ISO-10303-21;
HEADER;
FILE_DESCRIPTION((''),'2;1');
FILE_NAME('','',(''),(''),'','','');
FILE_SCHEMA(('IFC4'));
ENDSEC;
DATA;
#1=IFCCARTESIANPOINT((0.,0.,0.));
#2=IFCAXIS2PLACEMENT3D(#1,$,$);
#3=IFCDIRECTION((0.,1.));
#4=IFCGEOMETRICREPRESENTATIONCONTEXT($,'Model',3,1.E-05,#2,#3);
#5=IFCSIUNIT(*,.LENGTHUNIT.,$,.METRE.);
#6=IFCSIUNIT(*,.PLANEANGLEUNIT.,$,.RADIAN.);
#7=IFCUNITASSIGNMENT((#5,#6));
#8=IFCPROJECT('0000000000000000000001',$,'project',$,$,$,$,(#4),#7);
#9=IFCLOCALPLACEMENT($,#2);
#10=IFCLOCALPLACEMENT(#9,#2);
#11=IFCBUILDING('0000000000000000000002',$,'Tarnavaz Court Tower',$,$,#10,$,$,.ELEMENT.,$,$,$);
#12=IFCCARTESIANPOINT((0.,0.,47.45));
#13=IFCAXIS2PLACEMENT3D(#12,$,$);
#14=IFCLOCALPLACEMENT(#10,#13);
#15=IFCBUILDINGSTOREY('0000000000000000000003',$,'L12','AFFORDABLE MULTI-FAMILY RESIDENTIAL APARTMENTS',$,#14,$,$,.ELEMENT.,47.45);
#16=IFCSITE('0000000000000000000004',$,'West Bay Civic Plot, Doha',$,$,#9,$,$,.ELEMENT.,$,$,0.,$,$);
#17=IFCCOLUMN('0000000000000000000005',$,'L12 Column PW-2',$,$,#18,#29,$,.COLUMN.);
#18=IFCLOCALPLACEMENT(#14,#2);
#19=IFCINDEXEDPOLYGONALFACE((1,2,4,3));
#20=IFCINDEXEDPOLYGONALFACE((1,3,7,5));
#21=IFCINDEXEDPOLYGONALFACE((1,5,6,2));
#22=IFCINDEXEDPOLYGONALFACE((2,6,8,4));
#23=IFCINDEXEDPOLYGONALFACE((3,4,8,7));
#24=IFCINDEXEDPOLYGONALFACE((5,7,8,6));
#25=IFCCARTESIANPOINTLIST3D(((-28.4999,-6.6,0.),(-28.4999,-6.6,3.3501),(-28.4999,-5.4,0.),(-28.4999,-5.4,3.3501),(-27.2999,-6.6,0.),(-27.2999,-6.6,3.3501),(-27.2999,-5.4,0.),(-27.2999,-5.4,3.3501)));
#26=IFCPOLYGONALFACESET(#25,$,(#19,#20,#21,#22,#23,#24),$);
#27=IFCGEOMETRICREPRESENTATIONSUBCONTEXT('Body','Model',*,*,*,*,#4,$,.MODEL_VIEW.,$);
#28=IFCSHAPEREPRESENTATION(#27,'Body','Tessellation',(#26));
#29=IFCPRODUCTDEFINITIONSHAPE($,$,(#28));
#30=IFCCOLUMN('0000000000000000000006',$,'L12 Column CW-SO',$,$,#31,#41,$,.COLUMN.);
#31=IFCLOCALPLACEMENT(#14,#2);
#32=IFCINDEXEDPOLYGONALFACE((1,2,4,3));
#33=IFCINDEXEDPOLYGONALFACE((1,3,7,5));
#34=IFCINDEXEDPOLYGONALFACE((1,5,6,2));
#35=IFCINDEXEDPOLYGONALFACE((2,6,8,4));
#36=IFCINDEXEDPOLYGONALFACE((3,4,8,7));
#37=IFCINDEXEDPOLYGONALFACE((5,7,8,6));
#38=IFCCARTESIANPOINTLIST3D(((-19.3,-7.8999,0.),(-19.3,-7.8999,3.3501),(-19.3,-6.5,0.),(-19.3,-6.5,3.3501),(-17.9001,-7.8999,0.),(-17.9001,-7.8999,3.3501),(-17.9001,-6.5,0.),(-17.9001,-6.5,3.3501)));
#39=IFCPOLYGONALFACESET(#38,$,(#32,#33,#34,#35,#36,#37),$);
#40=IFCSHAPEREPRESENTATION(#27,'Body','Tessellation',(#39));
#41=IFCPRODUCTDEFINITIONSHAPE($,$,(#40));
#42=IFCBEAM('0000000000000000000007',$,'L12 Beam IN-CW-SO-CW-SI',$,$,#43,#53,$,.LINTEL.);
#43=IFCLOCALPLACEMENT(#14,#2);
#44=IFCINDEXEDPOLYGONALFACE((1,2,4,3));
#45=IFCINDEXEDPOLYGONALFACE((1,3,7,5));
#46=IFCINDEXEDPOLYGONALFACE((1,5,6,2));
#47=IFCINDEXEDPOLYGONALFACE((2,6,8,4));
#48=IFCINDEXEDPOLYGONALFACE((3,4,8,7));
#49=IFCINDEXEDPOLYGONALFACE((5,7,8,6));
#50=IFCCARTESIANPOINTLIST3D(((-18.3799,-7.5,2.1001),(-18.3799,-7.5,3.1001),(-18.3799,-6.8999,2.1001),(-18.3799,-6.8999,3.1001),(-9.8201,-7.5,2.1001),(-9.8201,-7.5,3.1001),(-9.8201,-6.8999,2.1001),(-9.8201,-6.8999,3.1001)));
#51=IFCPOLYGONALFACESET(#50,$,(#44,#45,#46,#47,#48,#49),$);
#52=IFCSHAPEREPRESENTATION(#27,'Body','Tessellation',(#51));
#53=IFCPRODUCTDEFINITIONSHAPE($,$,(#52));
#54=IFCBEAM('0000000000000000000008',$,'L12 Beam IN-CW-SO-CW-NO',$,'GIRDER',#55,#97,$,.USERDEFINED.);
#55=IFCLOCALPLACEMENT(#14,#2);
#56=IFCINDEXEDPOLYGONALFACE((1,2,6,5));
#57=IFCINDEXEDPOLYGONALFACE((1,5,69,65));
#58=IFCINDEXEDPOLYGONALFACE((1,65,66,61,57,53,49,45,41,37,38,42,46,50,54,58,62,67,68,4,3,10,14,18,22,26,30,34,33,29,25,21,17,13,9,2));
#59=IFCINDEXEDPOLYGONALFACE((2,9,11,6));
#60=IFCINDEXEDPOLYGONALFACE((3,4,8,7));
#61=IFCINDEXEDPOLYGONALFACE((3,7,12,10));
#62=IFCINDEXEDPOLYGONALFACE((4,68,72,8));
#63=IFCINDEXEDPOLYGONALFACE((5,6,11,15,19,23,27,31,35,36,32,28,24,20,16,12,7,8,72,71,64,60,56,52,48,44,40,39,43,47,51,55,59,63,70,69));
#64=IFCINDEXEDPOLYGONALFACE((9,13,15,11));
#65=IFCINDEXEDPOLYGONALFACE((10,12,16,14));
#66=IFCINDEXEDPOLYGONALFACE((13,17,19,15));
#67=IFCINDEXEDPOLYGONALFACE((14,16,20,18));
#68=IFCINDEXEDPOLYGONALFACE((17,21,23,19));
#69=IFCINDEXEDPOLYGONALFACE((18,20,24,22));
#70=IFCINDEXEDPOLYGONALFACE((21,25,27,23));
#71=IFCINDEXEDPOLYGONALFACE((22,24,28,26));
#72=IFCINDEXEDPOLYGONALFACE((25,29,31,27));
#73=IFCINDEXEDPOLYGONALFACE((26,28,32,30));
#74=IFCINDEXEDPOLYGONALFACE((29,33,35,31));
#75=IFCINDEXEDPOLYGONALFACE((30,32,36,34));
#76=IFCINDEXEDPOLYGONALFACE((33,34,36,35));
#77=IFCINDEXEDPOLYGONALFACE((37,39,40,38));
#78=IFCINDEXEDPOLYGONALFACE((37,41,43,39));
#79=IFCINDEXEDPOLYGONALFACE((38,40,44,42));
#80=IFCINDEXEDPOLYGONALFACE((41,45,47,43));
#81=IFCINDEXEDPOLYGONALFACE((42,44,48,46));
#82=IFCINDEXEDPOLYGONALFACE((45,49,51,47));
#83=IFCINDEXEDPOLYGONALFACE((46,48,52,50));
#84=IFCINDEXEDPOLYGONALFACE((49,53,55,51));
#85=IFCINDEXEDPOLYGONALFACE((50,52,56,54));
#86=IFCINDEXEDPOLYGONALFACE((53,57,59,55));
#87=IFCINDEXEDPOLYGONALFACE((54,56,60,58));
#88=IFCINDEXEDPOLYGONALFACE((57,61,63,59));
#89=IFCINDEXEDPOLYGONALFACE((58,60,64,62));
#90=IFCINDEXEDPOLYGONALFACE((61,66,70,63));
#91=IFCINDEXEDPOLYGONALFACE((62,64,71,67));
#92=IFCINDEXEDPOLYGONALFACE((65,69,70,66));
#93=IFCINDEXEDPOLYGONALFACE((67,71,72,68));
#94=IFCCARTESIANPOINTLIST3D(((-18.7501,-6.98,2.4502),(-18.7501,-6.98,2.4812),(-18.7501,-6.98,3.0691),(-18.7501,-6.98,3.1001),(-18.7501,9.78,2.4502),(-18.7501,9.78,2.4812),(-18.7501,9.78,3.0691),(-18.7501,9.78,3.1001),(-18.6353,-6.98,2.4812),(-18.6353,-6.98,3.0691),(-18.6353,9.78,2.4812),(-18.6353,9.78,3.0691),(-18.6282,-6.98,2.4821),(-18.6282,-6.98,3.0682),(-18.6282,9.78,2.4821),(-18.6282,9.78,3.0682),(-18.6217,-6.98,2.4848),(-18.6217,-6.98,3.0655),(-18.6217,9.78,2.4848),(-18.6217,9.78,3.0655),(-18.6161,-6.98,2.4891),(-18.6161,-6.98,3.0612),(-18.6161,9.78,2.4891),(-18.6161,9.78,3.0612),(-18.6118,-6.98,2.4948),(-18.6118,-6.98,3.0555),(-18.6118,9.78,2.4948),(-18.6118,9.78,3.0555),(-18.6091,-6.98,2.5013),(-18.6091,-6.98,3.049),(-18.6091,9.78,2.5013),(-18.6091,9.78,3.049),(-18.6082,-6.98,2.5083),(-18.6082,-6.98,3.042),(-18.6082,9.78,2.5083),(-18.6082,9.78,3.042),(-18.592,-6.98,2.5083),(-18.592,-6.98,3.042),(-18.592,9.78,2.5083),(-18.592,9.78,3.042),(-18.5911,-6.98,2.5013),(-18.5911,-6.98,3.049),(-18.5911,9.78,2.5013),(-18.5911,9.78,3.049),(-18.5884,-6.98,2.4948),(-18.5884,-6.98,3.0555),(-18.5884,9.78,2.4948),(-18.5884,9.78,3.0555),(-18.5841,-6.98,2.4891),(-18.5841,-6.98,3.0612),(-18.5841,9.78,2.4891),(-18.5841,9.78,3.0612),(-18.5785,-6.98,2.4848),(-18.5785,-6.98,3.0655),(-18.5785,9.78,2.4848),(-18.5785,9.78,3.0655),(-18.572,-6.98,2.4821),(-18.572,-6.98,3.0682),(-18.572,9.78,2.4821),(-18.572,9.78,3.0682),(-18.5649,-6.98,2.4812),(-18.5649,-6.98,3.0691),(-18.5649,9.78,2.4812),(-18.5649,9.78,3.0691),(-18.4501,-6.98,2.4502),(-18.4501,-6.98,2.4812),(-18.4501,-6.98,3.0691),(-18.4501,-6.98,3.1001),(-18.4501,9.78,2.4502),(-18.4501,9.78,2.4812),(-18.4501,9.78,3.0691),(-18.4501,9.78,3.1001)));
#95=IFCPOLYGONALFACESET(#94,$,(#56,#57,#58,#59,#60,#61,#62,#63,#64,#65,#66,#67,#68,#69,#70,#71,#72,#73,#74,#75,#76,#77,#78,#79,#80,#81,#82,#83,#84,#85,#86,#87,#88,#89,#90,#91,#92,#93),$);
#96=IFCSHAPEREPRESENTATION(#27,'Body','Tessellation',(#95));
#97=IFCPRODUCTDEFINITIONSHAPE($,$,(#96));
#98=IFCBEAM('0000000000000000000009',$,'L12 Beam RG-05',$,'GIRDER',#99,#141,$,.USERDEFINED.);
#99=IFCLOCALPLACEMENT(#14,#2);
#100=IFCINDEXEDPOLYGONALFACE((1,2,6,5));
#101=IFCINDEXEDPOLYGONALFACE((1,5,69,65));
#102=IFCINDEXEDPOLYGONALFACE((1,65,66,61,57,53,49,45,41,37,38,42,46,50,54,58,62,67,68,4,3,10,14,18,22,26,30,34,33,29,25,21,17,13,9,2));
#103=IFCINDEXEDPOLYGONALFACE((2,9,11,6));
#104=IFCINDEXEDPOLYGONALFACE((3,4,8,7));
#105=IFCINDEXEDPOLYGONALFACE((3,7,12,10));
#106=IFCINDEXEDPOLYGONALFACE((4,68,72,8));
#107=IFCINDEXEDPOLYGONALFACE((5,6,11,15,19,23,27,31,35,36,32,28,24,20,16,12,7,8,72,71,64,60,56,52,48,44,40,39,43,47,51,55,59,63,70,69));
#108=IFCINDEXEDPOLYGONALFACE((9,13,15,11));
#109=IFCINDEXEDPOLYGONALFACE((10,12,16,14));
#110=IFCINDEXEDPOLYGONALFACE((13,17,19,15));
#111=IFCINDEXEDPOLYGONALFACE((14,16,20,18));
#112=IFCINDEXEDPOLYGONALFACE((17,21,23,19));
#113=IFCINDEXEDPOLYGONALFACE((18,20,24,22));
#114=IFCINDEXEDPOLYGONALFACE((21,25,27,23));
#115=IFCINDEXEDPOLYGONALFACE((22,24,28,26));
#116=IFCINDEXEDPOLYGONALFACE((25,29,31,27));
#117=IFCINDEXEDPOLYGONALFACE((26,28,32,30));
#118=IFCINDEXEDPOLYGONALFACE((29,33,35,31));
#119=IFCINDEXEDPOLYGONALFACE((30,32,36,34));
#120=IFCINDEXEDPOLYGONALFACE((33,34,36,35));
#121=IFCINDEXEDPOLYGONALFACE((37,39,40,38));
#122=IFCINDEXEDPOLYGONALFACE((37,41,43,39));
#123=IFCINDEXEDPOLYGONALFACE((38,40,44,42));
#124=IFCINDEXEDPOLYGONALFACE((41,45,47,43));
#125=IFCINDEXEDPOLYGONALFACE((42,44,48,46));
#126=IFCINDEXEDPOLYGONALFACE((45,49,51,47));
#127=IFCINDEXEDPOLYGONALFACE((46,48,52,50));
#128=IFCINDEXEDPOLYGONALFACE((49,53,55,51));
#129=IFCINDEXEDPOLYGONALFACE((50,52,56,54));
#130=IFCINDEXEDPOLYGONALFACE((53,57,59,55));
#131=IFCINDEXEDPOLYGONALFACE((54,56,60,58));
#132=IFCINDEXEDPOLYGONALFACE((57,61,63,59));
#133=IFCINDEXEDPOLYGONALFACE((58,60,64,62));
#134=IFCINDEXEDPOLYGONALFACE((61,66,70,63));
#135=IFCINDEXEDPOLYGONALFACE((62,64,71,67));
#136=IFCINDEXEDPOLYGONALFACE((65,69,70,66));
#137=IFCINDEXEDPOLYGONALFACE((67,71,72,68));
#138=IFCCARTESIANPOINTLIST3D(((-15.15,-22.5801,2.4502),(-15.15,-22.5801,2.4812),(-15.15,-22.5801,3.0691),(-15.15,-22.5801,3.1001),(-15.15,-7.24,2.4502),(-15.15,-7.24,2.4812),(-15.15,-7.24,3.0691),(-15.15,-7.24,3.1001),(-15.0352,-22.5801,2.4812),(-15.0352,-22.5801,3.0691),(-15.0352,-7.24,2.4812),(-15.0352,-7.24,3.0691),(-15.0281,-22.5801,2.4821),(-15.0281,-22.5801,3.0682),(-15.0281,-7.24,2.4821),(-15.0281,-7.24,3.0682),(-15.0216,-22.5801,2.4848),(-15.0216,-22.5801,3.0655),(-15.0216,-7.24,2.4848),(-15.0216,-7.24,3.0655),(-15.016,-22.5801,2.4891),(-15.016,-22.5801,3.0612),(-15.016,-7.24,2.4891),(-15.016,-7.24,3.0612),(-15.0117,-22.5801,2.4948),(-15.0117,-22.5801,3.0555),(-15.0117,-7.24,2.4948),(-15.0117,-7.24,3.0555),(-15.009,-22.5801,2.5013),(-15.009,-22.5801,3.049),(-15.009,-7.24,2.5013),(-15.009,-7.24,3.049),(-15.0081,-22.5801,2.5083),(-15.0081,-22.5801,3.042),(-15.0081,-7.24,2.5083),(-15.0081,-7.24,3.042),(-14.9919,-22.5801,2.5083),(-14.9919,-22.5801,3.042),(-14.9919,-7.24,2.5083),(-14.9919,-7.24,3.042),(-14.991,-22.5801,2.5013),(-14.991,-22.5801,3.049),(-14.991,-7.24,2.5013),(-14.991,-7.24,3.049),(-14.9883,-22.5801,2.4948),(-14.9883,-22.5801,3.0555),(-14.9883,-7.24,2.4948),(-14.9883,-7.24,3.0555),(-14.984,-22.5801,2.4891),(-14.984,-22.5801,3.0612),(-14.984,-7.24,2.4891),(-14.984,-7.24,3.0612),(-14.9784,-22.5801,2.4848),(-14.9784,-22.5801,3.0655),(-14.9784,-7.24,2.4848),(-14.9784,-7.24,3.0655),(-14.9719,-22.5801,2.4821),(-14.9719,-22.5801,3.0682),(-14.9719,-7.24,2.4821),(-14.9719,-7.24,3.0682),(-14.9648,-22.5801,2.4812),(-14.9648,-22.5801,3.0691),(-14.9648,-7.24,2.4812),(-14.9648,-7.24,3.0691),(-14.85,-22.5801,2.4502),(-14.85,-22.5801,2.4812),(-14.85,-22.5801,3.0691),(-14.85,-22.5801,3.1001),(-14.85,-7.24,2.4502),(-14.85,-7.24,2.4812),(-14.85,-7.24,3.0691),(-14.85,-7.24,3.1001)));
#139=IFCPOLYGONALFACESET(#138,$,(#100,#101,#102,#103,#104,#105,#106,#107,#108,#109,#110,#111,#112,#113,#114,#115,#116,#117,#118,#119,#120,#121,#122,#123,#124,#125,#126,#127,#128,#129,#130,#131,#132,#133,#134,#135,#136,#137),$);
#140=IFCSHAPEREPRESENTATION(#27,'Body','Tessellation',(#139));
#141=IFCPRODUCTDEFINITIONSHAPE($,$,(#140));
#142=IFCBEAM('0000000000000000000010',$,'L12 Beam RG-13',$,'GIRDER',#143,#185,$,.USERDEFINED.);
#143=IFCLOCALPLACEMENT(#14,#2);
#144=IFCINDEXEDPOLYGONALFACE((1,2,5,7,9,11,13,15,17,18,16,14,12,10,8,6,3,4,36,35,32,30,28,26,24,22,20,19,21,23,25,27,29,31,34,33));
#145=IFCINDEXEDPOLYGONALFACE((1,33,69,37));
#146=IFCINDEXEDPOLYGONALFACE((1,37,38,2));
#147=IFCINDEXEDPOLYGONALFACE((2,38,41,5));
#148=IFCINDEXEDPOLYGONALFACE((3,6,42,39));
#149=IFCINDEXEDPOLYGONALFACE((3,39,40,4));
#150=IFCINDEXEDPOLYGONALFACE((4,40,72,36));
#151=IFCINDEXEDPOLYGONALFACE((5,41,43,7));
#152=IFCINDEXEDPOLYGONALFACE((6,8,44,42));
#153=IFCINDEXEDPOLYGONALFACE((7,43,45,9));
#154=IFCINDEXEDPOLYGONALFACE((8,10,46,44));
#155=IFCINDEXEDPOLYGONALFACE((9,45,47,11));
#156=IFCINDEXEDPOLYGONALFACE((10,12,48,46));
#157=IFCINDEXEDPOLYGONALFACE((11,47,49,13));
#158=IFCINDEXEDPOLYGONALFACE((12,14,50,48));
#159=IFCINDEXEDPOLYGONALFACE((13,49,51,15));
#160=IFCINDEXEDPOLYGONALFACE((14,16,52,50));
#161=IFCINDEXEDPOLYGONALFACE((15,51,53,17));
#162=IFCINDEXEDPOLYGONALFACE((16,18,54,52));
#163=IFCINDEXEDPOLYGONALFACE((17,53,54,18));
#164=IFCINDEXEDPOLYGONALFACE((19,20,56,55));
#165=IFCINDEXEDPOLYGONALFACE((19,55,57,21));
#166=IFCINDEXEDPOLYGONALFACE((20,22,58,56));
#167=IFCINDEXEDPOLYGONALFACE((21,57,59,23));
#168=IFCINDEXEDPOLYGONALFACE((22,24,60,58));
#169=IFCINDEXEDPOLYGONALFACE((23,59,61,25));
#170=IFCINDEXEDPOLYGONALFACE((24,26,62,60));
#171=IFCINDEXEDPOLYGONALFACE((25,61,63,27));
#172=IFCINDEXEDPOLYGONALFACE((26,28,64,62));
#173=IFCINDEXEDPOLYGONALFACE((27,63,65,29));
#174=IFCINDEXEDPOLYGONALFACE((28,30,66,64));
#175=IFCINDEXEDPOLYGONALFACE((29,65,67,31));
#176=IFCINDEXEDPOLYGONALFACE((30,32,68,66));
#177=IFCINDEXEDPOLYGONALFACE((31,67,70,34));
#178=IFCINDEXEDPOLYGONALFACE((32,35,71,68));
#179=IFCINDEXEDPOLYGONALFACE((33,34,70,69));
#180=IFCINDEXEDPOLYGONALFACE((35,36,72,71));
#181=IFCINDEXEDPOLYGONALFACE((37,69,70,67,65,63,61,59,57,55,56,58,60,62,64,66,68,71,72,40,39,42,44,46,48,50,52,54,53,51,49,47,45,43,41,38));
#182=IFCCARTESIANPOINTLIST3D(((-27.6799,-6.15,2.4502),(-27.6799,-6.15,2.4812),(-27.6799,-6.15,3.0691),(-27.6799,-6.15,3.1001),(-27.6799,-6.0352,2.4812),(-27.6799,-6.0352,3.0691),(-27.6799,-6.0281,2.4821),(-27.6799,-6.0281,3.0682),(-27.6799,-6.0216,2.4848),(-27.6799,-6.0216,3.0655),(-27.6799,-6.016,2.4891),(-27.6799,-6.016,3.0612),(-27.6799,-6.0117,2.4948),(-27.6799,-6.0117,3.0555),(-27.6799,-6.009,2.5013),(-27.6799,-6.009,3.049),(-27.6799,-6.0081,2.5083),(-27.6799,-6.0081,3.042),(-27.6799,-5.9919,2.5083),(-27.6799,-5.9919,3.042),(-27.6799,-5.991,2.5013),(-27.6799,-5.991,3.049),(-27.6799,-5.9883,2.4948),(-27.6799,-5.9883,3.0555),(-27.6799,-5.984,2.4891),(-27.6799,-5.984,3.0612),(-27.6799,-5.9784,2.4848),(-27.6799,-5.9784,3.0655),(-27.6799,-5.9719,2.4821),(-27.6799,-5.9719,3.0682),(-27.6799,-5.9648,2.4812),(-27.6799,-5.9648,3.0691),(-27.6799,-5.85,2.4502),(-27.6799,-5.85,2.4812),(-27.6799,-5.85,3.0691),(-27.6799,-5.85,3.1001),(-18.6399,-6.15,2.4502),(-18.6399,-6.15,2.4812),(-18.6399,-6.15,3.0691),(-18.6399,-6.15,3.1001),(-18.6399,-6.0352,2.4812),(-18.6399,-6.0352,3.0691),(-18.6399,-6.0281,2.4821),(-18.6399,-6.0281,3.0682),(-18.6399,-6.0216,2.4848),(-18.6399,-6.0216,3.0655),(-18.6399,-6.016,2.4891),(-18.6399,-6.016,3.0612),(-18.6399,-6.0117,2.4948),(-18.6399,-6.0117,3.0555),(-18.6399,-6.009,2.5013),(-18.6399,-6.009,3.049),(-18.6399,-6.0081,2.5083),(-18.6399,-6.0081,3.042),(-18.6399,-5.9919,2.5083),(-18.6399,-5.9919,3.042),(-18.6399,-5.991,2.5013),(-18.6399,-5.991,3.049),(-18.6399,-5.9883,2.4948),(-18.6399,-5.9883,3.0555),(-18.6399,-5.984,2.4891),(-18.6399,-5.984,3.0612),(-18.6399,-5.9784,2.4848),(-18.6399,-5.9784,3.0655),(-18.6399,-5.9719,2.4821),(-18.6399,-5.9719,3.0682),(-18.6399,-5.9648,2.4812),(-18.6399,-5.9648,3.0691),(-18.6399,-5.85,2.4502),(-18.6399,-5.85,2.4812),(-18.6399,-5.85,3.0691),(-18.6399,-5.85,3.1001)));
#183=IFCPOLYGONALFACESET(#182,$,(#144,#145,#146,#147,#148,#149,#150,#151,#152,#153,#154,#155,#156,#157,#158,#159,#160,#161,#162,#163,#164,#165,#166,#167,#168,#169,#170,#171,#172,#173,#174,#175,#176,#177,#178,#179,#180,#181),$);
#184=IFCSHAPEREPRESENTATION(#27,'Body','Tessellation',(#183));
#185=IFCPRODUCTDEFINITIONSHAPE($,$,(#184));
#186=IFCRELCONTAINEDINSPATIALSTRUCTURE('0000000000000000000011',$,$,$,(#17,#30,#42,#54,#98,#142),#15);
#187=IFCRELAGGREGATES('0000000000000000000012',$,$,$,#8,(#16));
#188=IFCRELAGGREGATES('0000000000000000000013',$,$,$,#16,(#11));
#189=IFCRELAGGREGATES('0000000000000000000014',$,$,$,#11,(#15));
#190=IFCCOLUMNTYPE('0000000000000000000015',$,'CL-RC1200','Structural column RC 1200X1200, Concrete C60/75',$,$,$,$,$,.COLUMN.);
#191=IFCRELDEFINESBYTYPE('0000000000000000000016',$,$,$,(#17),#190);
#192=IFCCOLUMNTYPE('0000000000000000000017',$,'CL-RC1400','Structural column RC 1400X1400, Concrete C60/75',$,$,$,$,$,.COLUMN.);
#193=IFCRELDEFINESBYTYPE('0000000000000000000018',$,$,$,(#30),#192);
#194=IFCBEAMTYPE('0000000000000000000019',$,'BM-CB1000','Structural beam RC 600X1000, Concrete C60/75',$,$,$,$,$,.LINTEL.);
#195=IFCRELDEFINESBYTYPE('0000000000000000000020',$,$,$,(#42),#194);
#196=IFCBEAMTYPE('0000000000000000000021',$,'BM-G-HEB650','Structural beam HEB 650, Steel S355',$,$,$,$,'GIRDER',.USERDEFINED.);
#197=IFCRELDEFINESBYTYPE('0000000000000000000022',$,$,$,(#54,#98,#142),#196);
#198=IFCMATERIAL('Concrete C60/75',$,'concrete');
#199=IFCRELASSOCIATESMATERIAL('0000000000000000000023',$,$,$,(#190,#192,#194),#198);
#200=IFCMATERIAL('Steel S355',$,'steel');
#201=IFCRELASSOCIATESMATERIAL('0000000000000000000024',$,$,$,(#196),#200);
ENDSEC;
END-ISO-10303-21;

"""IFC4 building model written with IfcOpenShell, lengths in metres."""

from ifc_helpers import new_model, si_unit, direction, frame, origin, origin_2d, place, context, subcontext, project, spatial, rectangle, i_section, extrude, material, material_profile, profile_set, type_object, element, save


model = new_model("IFC4")

# Units and contexts
model_context = context("Model", 3, precision=1e-05, world=origin(), true_north=direction((0.0, 1.0)))
body_context = subcontext(model_context, "Body", "Model", "MODEL_VIEW")
ifc_project = project(units=[si_unit("LENGTHUNIT", "METRE"), si_unit("PLANEANGLEUNIT", "RADIAN")], contexts=[model_context])

# Site, building, storey
site_placement = place(None, origin())
site = spatial("IfcSite", under=ifc_project, at=site_placement, Name="West Bay Civic Plot, Doha", CompositionType="ELEMENT", RefElevation=0.0)
building_placement = place(site_placement, origin())
building = spatial("IfcBuilding", under=site, at=building_placement, Name="Tarnavaz Court Tower", CompositionType="ELEMENT")
storey_placement = place(building_placement, frame((0.0, 0.0, 47.45)))
storey = spatial("IfcBuildingStorey", under=building, at=storey_placement, Name="L12", Description="AFFORDABLE MULTI-FAMILY RESIDENTIAL APARTMENTS", CompositionType="ELEMENT", Elevation=47.45)

# Columns
ifc_material_1 = material(Name="Concrete C60/75", Category="concrete")
ifc_material_profile_1 = material_profile(ifc_material_1, rectangle(XDim=1.2, YDim=1.2, at=origin_2d()), Name="RC 1200X1200")
ifc_profile_set_1 = profile_set([ifc_material_profile_1], Name="Concrete C60/75")
column_type_1 = type_object("IfcColumnType", Name="CL-RC1200", Description="Structural column RC 1200X1200, Concrete C60/75", PredefinedType="COLUMN", material=ifc_profile_set_1)
column_1_placement = place(storey_placement, frame((-27.8999, -6.0, 0.0), z_axis=(0.0, 0.0, 1.0), x_axis=(1.0, 0.0, 0.0)))
element("IfcColumn", 1, at=column_1_placement, inside=storey, type_object=column_type_1, Name="L12 Column PW-2", PredefinedType="COLUMN", context=body_context, shape_type="SweptSolid", body=[
    extrude(rectangle(XDim=1.2, YDim=1.2, at=origin_2d()), origin(), (0.0, 0.0, 1.0), 3.3501),
])
ifc_material_profile_2 = material_profile(ifc_material_1, rectangle(XDim=1.3999, YDim=1.3999, at=origin_2d()), Name="RC 1400X1400")
ifc_profile_set_2 = profile_set([ifc_material_profile_2], Name="Concrete C60/75")
column_type_2 = type_object("IfcColumnType", Name="CL-RC1400", Description="Structural column RC 1400X1400, Concrete C60/75", PredefinedType="COLUMN", material=ifc_profile_set_2)
column_2_placement = place(storey_placement, frame((-18.6001, -7.2, 0.0), z_axis=(0.0, 0.0, 1.0), x_axis=(1.0, 0.0, 0.0)))
element("IfcColumn", 2, at=column_2_placement, inside=storey, type_object=column_type_2, Name="L12 Column CW-SO", PredefinedType="COLUMN", context=body_context, shape_type="SweptSolid", body=[
    extrude(rectangle(XDim=1.3999, YDim=1.3999, at=origin_2d()), origin(), (0.0, 0.0, 1.0), 3.3501),
])

# Beams
ifc_material_profile_3 = material_profile(ifc_material_1, rectangle(XDim=0.6001, YDim=1.0, at=origin_2d()), Name="RC 600X1000")
ifc_profile_set_3 = profile_set([ifc_material_profile_3], Name="Concrete C60/75")
beam_type_1 = type_object("IfcBeamType", Name="BM-CB1000", Description="Structural beam RC 600X1000, Concrete C60/75", PredefinedType="LINTEL", material=ifc_profile_set_3)
beam_1_placement = place(storey_placement, frame((-18.3799, -7.2, 2.6001), z_axis=(1.0, 0.0, 0.0), x_axis=(0.0, 1.0, 0.0)))
element("IfcBeam", 3, at=beam_1_placement, inside=storey, type_object=beam_type_1, Name="L12 Beam IN-CW-SO-CW-SI", PredefinedType="LINTEL", context=body_context, shape_type="SweptSolid", body=[
    extrude(rectangle(XDim=0.6001, YDim=1.0, at=origin_2d()), origin(), (0.0, 0.0, 1.0), 8.5598),
])
ifc_material_2 = material(Name="Steel S355", Category="steel")
ifc_material_profile_4 = material_profile(ifc_material_2, i_section(OverallWidth=0.3, OverallDepth=0.6499, WebThickness=0.0161, FlangeThickness=0.031, FilletRadius=0.0271, at=origin_2d()), Name="HEB 650")
ifc_profile_set_4 = profile_set([ifc_material_profile_4], Name="Steel S355")
beam_type_2 = type_object("IfcBeamType", Name="BM-G-HEB650", Description="Structural beam HEB 650, Steel S355", ElementType="GIRDER", PredefinedType="USERDEFINED", material=ifc_profile_set_4)
beam_2_placement = place(storey_placement, frame((-18.6001, -6.98, 2.7751), z_axis=(0.0, 1.0, 0.0), x_axis=(-1.0, 0.0, 0.0)))
element("IfcBeam", 4, at=beam_2_placement, inside=storey, type_object=beam_type_2, Name="L12 Beam IN-CW-SO-CW-NO", ObjectType="GIRDER", PredefinedType="USERDEFINED", context=body_context, shape_type="SweptSolid", body=[
    extrude(i_section(OverallWidth=0.3, OverallDepth=0.6499, WebThickness=0.0161, FlangeThickness=0.031, FilletRadius=0.0271, at=origin_2d()), origin(), (0.0, 0.0, 1.0), 16.76),
])
beam_3_placement = place(storey_placement, frame((-15.0, -7.24, 2.7751), z_axis=(0.0, -1.0, 0.0), x_axis=(1.0, 0.0, 0.0)))
element("IfcBeam", 5, at=beam_3_placement, inside=storey, type_object=beam_type_2, Name="L12 Beam RG-05", ObjectType="GIRDER", PredefinedType="USERDEFINED", context=body_context, shape_type="SweptSolid", body=[
    extrude(i_section(OverallWidth=0.3, OverallDepth=0.6499, WebThickness=0.0161, FlangeThickness=0.031, FilletRadius=0.0271, at=origin_2d()), origin(), (0.0, 0.0, 1.0), 15.3401),
])
beam_4_placement = place(storey_placement, frame((-18.6399, -6.0, 2.7751), z_axis=(-1.0, 0.0, 0.0), x_axis=(0.0, -1.0, 0.0)))
element("IfcBeam", 6, at=beam_4_placement, inside=storey, type_object=beam_type_2, Name="L12 Beam RG-13", ObjectType="GIRDER", PredefinedType="USERDEFINED", context=body_context, shape_type="SweptSolid", body=[
    extrude(i_section(OverallWidth=0.3, OverallDepth=0.6499, WebThickness=0.0161, FlangeThickness=0.031, FilletRadius=0.0271, at=origin_2d()), origin(), (0.0, 0.0, 1.0), 9.04),
])

save(model, "model.ifc")
